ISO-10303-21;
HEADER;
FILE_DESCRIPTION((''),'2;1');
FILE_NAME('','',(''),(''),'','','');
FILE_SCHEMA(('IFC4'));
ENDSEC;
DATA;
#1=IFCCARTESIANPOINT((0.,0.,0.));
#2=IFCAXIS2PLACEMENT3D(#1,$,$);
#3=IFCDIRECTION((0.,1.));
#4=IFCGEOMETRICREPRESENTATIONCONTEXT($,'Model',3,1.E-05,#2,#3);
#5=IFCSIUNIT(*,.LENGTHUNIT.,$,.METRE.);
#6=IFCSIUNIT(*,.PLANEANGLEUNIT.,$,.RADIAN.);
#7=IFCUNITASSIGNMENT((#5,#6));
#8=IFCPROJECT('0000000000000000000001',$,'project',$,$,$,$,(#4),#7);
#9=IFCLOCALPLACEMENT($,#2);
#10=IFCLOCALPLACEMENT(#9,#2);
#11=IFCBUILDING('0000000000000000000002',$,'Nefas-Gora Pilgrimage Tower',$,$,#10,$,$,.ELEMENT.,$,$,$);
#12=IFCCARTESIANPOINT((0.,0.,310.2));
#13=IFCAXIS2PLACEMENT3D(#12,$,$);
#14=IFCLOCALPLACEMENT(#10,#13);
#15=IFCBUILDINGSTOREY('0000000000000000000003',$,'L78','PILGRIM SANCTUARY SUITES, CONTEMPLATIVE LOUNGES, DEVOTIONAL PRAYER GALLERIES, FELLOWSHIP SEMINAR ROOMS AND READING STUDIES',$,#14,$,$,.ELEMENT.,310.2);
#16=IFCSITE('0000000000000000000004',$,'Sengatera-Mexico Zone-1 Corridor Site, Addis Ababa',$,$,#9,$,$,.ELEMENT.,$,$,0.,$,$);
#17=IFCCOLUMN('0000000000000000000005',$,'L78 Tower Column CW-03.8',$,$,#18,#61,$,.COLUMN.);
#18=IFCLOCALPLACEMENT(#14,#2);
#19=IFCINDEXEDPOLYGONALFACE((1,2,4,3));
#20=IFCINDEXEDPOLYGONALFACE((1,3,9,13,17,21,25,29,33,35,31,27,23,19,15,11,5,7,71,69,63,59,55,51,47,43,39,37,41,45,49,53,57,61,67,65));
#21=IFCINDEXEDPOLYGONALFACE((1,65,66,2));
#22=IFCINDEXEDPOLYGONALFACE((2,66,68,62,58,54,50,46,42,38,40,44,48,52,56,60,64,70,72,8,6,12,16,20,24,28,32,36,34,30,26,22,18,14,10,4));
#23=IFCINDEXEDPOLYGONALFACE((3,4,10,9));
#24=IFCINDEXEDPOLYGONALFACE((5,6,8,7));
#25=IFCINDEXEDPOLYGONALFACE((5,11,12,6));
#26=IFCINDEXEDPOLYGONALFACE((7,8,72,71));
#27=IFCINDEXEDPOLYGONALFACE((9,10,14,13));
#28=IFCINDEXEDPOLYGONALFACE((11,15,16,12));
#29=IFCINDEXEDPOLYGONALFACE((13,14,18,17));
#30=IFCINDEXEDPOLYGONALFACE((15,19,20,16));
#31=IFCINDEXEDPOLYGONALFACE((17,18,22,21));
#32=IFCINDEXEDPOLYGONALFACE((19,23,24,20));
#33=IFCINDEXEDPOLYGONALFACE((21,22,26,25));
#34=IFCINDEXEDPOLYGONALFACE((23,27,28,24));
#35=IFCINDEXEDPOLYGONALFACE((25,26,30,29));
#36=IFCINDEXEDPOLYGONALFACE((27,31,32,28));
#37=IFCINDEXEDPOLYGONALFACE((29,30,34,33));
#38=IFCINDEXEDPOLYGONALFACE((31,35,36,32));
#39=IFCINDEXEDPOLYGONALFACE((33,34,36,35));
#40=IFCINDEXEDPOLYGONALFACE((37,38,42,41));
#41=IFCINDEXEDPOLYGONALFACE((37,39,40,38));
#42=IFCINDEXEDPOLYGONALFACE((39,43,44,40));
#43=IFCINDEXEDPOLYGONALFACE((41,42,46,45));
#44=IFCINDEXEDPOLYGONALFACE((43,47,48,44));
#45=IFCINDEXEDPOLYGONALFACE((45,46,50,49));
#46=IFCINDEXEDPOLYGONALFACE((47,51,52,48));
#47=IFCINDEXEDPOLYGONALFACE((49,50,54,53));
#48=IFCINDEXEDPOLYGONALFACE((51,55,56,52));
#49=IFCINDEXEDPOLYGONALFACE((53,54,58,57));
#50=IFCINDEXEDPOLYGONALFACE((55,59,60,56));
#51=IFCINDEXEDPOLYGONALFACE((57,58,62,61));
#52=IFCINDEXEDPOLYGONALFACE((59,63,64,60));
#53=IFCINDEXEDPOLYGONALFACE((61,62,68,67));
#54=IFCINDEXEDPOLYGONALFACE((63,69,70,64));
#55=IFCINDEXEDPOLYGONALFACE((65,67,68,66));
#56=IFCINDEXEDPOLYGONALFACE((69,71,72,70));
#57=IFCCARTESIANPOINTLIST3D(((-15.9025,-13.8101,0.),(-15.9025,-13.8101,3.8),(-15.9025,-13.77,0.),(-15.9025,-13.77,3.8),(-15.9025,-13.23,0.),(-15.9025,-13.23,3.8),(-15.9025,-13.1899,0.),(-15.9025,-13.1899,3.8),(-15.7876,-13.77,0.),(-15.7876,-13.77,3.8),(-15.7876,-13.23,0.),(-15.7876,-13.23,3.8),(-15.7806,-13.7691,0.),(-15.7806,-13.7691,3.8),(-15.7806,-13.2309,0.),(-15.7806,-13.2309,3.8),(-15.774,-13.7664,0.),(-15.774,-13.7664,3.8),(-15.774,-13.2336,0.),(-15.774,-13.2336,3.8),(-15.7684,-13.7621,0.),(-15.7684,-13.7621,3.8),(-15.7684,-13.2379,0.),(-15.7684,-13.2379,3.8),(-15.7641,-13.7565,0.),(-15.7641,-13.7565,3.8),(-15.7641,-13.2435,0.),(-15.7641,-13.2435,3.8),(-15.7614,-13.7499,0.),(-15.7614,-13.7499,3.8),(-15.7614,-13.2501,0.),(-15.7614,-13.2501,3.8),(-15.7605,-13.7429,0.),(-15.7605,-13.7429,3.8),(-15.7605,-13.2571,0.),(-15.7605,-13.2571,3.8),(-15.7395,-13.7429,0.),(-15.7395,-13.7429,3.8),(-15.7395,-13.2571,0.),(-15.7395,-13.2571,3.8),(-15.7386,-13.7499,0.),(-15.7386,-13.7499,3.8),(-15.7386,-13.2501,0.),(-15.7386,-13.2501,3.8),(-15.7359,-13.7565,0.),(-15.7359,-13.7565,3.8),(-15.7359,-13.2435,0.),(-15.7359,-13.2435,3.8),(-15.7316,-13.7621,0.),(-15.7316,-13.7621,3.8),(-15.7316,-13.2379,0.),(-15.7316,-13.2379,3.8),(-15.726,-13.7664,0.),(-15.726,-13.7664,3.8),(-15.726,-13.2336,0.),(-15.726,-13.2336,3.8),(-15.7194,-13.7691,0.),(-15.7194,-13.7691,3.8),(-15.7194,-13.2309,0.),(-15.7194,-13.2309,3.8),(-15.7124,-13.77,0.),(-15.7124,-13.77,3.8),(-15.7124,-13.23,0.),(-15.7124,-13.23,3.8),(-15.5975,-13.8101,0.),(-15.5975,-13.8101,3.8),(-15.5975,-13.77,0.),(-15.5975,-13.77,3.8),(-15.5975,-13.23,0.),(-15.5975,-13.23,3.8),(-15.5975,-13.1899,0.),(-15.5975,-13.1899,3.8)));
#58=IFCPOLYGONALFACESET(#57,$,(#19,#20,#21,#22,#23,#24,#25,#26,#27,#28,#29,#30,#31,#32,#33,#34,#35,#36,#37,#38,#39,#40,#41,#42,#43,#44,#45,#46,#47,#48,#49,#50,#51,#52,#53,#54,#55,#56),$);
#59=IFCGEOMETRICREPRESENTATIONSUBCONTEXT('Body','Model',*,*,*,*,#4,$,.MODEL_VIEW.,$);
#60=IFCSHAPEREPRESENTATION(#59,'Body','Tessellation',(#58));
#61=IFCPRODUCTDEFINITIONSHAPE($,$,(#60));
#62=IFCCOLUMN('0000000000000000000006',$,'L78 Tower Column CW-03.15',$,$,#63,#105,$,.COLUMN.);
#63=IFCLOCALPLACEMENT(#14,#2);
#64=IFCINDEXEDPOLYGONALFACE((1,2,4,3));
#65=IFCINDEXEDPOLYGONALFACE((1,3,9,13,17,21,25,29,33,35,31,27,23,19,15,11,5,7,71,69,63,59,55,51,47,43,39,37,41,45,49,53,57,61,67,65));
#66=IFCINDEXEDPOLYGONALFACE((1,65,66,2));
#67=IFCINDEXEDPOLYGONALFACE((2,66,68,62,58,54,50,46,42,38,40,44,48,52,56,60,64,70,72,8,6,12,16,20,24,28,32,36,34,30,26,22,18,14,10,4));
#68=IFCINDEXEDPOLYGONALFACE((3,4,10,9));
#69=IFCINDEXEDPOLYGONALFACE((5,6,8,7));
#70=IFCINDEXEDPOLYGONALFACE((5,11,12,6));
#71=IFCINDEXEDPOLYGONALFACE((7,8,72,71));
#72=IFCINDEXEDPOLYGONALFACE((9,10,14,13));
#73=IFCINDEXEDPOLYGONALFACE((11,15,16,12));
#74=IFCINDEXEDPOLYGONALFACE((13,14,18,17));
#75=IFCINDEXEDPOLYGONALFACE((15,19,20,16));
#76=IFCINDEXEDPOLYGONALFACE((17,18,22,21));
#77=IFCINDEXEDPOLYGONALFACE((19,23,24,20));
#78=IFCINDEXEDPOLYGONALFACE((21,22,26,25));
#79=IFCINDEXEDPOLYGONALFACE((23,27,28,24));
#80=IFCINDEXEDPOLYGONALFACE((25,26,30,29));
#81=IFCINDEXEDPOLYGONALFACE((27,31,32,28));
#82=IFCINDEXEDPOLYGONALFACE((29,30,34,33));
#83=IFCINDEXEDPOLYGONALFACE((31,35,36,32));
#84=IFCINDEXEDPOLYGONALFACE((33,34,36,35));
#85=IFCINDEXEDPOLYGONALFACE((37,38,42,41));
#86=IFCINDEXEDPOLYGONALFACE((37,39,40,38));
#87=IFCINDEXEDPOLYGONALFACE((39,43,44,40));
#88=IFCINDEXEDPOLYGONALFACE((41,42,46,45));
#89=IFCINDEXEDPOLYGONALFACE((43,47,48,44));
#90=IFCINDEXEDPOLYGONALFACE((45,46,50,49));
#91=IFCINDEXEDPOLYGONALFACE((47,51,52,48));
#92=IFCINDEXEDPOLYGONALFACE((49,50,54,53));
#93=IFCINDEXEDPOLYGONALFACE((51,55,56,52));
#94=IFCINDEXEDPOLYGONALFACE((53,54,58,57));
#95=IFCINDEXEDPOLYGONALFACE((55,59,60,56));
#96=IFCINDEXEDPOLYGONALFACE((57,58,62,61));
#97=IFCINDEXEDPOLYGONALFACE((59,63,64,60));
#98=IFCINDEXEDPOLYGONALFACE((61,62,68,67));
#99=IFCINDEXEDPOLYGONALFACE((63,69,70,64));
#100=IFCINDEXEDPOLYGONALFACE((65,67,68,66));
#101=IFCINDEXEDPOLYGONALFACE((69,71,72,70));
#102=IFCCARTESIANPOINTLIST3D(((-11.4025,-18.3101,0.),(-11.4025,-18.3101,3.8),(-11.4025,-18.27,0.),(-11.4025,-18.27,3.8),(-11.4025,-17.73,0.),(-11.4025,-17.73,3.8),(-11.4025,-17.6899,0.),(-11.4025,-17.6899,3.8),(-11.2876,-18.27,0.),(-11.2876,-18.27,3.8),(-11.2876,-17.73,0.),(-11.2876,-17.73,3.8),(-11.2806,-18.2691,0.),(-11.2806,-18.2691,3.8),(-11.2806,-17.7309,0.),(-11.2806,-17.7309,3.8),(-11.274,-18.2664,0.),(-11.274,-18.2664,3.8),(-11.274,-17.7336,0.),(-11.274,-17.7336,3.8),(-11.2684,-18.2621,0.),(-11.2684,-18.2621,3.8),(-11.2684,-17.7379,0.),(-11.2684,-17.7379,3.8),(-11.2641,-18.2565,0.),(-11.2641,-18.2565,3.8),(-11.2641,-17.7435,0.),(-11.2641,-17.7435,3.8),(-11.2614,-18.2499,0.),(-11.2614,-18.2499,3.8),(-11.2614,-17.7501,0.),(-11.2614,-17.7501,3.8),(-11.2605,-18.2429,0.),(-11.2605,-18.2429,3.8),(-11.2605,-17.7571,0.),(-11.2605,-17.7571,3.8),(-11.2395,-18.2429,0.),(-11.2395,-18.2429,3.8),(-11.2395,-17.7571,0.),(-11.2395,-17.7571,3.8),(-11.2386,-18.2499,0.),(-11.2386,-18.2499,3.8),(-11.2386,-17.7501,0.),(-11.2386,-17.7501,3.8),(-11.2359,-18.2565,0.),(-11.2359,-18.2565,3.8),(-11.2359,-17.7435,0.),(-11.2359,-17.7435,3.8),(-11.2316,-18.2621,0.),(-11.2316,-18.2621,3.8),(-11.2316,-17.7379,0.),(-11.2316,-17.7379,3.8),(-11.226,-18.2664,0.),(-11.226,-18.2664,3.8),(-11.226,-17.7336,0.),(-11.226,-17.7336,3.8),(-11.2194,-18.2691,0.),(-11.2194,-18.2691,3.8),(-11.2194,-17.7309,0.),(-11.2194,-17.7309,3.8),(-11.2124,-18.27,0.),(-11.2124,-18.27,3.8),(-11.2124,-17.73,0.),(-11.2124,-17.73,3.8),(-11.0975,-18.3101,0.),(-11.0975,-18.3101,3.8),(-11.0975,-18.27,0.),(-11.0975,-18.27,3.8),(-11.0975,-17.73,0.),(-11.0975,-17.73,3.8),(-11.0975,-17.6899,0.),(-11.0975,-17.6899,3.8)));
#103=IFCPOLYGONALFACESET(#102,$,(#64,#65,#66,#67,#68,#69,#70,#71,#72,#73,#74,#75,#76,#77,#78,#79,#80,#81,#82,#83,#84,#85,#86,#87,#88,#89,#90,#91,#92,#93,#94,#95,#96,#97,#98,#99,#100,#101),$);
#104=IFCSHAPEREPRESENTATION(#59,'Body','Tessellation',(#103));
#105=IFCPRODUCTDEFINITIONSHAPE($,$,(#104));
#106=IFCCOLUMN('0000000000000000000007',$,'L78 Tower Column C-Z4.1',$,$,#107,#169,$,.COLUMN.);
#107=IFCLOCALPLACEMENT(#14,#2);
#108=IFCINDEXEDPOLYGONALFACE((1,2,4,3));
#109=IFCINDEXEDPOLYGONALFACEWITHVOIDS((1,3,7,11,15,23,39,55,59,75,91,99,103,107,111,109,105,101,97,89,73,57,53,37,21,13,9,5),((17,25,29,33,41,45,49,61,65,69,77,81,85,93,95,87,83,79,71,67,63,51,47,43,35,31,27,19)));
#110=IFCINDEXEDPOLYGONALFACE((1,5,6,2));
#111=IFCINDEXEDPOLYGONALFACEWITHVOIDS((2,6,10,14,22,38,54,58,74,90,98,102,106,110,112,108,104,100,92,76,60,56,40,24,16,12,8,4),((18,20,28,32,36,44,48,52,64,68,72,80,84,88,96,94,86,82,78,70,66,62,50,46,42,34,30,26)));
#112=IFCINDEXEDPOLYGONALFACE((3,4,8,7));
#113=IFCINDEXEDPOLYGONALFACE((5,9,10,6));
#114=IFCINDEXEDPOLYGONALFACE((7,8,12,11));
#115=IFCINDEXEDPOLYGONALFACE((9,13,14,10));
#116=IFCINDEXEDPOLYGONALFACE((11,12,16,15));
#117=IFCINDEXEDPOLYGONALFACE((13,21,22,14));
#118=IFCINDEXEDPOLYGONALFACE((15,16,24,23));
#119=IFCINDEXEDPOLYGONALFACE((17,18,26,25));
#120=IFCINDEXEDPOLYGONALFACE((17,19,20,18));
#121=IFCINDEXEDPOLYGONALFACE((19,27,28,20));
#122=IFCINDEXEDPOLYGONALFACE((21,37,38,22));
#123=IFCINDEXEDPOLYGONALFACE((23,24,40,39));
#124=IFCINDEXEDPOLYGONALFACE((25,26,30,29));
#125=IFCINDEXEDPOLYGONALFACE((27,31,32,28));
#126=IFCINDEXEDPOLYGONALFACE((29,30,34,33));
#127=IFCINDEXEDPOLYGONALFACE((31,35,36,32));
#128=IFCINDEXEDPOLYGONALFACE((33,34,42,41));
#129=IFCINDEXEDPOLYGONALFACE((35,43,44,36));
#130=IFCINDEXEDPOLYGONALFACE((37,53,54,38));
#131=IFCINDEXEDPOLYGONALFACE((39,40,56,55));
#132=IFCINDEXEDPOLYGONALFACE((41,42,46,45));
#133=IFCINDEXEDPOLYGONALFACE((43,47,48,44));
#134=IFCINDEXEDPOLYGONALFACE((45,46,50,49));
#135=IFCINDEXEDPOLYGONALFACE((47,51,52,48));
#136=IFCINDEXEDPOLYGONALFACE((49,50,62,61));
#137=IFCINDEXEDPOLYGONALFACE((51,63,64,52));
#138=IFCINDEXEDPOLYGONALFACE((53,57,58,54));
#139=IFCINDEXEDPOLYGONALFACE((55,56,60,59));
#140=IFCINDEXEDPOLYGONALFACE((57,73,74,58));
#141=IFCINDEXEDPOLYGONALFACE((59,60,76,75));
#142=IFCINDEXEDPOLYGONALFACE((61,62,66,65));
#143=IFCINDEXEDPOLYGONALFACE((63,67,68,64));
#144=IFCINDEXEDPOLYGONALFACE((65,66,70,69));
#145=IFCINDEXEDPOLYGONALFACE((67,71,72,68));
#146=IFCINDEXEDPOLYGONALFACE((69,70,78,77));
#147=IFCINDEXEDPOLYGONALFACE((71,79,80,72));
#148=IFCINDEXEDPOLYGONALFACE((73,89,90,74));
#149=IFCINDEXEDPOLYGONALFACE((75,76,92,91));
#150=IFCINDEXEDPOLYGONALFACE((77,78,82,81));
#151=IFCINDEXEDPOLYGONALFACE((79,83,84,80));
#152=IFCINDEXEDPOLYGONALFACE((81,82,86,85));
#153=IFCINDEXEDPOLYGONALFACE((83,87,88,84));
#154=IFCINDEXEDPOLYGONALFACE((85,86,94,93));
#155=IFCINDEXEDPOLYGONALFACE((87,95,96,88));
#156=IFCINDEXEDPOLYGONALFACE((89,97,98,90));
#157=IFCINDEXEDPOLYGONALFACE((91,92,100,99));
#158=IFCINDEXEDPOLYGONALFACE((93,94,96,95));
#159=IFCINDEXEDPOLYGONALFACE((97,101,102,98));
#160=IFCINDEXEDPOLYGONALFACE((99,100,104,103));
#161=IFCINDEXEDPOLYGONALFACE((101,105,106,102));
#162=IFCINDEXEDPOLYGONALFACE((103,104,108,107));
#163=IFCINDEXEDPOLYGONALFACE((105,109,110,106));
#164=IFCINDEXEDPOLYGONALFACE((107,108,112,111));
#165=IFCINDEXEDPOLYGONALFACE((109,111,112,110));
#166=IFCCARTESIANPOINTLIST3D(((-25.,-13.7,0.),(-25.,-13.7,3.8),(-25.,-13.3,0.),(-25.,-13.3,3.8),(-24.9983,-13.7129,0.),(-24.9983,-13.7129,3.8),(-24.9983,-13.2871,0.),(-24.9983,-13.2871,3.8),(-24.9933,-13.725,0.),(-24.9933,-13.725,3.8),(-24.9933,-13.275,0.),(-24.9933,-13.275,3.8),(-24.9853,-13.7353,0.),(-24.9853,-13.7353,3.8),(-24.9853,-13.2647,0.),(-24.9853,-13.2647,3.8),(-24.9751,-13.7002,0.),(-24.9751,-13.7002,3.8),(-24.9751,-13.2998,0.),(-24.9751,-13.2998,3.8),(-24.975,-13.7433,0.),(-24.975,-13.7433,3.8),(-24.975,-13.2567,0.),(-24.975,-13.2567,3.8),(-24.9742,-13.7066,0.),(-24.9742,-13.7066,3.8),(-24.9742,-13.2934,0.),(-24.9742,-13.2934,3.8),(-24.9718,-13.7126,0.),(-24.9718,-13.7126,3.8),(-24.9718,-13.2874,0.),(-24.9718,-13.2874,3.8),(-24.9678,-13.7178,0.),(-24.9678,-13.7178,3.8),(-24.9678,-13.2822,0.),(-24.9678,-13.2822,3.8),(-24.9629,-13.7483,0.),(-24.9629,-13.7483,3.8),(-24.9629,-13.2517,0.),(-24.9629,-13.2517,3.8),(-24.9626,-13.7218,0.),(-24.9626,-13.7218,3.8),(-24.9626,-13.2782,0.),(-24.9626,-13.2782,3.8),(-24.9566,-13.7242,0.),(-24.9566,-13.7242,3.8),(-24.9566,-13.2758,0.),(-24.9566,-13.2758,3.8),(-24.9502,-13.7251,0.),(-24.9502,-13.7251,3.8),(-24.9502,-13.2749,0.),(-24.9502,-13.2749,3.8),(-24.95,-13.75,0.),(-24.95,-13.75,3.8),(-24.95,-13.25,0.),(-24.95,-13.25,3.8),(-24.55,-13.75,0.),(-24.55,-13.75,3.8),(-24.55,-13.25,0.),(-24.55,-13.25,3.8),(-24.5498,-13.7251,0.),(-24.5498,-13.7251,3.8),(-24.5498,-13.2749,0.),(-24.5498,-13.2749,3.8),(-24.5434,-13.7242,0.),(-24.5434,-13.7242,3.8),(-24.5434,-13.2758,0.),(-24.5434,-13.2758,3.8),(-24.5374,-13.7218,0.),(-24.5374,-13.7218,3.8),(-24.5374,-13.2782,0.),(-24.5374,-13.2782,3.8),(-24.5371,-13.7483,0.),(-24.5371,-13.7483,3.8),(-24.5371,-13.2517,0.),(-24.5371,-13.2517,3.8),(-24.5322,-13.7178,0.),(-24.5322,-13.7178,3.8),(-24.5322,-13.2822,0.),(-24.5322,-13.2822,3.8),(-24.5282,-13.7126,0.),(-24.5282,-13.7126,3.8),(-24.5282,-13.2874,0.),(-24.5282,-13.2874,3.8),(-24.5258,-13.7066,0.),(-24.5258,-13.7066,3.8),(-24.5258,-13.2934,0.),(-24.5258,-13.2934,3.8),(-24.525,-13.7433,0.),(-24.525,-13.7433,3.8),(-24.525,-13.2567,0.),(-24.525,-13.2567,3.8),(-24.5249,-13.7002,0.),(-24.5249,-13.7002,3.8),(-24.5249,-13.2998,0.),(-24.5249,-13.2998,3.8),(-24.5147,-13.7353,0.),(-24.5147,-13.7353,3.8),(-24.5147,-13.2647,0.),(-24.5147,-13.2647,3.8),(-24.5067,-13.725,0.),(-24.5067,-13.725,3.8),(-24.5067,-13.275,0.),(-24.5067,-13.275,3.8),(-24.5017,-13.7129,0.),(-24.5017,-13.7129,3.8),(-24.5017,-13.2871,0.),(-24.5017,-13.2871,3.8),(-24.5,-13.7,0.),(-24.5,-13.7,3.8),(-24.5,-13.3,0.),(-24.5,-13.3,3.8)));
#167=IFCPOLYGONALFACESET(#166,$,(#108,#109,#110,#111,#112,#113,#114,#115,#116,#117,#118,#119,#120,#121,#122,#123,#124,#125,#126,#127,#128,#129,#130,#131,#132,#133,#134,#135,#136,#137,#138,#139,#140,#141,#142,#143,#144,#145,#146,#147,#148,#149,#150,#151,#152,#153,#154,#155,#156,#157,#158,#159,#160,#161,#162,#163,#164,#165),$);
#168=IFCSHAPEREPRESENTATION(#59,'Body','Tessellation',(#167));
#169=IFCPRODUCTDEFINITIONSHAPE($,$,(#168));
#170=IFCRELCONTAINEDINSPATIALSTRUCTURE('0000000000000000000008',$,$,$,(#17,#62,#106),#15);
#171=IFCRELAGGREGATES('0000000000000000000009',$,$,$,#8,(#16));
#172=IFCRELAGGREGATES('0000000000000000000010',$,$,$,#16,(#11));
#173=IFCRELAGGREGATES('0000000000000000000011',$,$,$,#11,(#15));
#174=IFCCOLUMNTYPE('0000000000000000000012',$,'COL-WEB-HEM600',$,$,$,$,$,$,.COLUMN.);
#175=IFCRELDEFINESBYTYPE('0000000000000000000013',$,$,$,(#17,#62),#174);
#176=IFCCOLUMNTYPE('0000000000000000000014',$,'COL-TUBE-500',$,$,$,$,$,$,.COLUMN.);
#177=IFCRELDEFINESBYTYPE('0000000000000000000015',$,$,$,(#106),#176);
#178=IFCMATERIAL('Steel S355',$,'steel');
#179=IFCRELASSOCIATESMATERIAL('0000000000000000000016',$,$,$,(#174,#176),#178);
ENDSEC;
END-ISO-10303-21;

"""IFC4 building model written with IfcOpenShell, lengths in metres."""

from ifc_helpers import new_model, si_unit, direction, frame, origin, origin_2d, place, context, subcontext, project, spatial, hollow_rectangle, i_section, extrude, source, transform, mapped, material, material_profile, profile_set, type_object, element, save


model = new_model("IFC4")

# Units and contexts
model_context = context("Model", 3, precision=1e-05, world=origin(), true_north=direction((0.0, 1.0)))
body_context = subcontext(model_context, "Body", "Model", "MODEL_VIEW")
ifc_project = project(units=[si_unit("LENGTHUNIT", "METRE"), si_unit("PLANEANGLEUNIT", "RADIAN")], contexts=[model_context])

# Site, building, storey
site_placement = place(None, origin())
site = spatial("IfcSite", under=ifc_project, at=site_placement, Name="Sengatera-Mexico Zone-1 Corridor Site, Addis Ababa", CompositionType="ELEMENT", RefElevation=0.0)
building_placement = place(site_placement, origin())
building = spatial("IfcBuilding", under=site, at=building_placement, Name="Nefas-Gora Pilgrimage Tower", CompositionType="ELEMENT")
storey_placement = place(building_placement, frame((0.0, 0.0, 310.2)))
storey = spatial("IfcBuildingStorey", under=building, at=storey_placement, Name="L78", Description="PILGRIM SANCTUARY SUITES, CONTEMPLATIVE LOUNGES, DEVOTIONAL PRAYER GALLERIES, FELLOWSHIP SEMINAR ROOMS AND READING STUDIES", CompositionType="ELEMENT", Elevation=310.2)

# Columns
ifc_material_1 = material(Name="Steel S355", Category="steel")
ifc_material_profile_1 = material_profile(ifc_material_1, i_section(OverallWidth=0.3049, OverallDepth=0.6201, WebThickness=0.021, FlangeThickness=0.04, FilletRadius=0.0271, at=origin_2d()), Name="HEM 600")
ifc_profile_set_1 = profile_set([ifc_material_profile_1], Name="Steel S355")
column_type_1 = type_object("IfcColumnType", Name="COL-WEB-HEM600", PredefinedType="COLUMN", material=ifc_profile_set_1)
shared_shape_1 = source(origin(), body_context, "Body", "SweptSolid", [
    extrude(i_section(OverallWidth=0.3049, OverallDepth=0.6201, WebThickness=0.021, FlangeThickness=0.04, FilletRadius=0.0271, at=origin_2d()), origin(), (0.0, 0.0, 1.0), 3.8),
])
for number, where, z_axis, x_axis, name in (
    (1, (-15.75, -13.5, 0.0), (0.0, 0.0, 1.0), (1.0, 0.0, 0.0), "L78 Tower Column CW-03.8"),
    (2, (-11.25, -18.0, 0.0), (0.0, 0.0, 1.0), (1.0, 0.0, 0.0), "L78 Tower Column CW-03.15"),
):
    element("IfcColumn", number, at=place(storey_placement, frame(where, z_axis=z_axis, x_axis=x_axis)), inside=storey, type_object=column_type_1, Name=name, PredefinedType="COLUMN", context=body_context, shape_type="MappedRepresentation", body=[
        mapped(shared_shape_1, transform((0.0, 0.0, 0.0), x_axis=(1.0, 0.0, 0.0), y_axis=(0.0, 1.0, 0.0), z_axis=(0.0, 0.0, 1.0), scale=1.0)),
    ])
ifc_material_profile_2 = material_profile(ifc_material_1, hollow_rectangle(XDim=0.5, YDim=0.5, WallThickness=0.0249, InnerFilletRadius=0.0249, OuterFilletRadius=0.05, at=origin_2d()), Name="SHS 500x500x25")
ifc_profile_set_2 = profile_set([ifc_material_profile_2], Name="Steel S355")
column_type_2 = type_object("IfcColumnType", Name="COL-TUBE-500", PredefinedType="COLUMN", material=ifc_profile_set_2)
shared_shape_2 = source(origin(), body_context, "Body", "SweptSolid", [
    extrude(hollow_rectangle(XDim=0.5, YDim=0.5, WallThickness=0.0249, InnerFilletRadius=0.0249, OuterFilletRadius=0.05, at=origin_2d()), origin(), (0.0, 0.0, 1.0), 3.8),
])
for number, where, z_axis, x_axis, name in (
    (3, (-24.75, -13.5, 0.0), (0.0, 0.0, 1.0), (1.0, 0.0, 0.0), "L78 Tower Column C-Z4.1"),
):
    element("IfcColumn", number, at=place(storey_placement, frame(where, z_axis=z_axis, x_axis=x_axis)), inside=storey, type_object=column_type_2, Name=name, PredefinedType="COLUMN", context=body_context, shape_type="MappedRepresentation", body=[
        mapped(shared_shape_2, transform((0.0, 0.0, 0.0), x_axis=(1.0, 0.0, 0.0), y_axis=(0.0, 1.0, 0.0), z_axis=(0.0, 0.0, 1.0), scale=1.0)),
    ])

save(model, "model.ifc")
